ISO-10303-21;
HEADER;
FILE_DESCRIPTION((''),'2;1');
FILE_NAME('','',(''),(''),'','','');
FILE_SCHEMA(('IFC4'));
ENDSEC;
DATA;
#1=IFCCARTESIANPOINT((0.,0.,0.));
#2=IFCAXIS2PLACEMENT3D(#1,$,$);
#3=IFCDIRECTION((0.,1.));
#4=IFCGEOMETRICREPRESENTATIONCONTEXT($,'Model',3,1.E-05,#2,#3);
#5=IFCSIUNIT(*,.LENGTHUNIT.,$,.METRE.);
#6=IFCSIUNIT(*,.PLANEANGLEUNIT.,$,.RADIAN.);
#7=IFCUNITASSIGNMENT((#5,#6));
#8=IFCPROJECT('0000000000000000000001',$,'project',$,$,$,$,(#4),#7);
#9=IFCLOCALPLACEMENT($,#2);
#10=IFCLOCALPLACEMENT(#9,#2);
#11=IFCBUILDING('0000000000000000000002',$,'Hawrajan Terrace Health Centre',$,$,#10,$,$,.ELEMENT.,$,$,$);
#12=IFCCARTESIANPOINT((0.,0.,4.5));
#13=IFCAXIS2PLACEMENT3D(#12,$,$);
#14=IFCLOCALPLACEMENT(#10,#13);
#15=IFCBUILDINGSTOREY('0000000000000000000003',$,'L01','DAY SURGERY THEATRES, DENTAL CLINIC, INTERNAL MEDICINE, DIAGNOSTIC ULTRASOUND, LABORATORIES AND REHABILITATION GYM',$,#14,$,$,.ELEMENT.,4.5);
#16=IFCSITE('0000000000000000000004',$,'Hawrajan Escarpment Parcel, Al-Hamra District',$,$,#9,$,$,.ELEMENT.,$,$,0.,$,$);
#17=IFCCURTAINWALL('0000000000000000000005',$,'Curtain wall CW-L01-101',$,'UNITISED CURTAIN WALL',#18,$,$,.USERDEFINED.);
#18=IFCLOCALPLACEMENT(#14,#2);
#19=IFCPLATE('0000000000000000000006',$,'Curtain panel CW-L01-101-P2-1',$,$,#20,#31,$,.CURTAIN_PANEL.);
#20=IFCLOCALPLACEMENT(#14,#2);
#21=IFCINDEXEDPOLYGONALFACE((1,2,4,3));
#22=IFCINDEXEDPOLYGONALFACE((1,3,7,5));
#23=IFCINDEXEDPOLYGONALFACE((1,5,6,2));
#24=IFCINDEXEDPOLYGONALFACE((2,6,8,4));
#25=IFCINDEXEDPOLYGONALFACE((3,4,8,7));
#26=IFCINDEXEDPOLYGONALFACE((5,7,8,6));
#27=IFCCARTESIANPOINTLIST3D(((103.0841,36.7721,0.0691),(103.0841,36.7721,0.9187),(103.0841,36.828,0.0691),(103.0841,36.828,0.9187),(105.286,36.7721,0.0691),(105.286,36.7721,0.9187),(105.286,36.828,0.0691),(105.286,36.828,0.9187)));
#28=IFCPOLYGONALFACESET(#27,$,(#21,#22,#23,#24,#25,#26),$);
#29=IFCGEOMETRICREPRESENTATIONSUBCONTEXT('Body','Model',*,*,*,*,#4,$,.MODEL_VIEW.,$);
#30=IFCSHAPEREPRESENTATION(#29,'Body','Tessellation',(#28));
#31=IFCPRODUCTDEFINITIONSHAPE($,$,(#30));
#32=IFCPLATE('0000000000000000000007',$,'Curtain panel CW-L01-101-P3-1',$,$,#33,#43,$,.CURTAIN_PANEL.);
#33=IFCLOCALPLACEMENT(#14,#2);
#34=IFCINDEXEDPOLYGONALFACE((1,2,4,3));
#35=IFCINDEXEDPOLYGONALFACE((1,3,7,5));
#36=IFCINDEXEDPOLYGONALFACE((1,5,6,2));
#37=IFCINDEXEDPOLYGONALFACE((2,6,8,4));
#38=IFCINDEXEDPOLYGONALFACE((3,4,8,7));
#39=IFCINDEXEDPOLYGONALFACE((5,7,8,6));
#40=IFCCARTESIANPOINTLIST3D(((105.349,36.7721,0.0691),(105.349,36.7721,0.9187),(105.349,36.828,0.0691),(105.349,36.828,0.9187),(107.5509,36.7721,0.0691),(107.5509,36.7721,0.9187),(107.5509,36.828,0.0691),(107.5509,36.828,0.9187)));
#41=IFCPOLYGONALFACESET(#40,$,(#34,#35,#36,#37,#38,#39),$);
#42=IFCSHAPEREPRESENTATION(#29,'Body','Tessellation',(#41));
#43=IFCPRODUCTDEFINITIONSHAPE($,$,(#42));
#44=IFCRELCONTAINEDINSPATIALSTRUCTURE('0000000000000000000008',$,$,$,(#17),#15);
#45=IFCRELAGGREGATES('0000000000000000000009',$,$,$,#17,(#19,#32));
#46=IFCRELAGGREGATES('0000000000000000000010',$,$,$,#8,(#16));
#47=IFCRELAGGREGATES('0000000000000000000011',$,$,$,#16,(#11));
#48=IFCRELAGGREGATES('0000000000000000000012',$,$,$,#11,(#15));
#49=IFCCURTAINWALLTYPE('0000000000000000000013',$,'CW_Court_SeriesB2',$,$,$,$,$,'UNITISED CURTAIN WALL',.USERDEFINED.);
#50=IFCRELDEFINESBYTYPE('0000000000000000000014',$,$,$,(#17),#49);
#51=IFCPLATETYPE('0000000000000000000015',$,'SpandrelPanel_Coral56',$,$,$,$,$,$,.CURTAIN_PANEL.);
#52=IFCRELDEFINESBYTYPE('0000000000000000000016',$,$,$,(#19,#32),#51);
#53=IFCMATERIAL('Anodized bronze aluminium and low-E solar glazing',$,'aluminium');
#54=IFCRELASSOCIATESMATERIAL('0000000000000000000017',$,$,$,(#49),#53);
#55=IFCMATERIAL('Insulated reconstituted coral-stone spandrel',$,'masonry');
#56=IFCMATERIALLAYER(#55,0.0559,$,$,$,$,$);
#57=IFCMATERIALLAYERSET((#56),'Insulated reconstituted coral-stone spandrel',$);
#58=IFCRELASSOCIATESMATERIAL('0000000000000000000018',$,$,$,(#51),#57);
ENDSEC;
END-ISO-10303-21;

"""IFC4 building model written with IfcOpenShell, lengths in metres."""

from ifc_helpers import new_model, si_unit, direction, frame, origin, origin_2d, place, context, subcontext, project, spatial, rectangle, extrude, material, layer, layer_set, type_object, element, aggregate, save


model = new_model("IFC4")

# Units and contexts
model_context = context("Model", 3, precision=1e-05, world=origin(), true_north=direction((0.0, 1.0)))
body_context = subcontext(model_context, "Body", "Model", "MODEL_VIEW")
ifc_project = project(units=[si_unit("LENGTHUNIT", "METRE"), si_unit("PLANEANGLEUNIT", "RADIAN")], contexts=[model_context])

# Site, building, storey
site_placement = place(None, origin())
site = spatial("IfcSite", under=ifc_project, at=site_placement, Name="Hawrajan Escarpment Parcel, Al-Hamra District", CompositionType="ELEMENT", RefElevation=0.0)
building_placement = place(site_placement, origin())
building = spatial("IfcBuilding", under=site, at=building_placement, Name="Hawrajan Terrace Health Centre", CompositionType="ELEMENT")
storey_placement = place(building_placement, frame((0.0, 0.0, 4.5)))
storey = spatial("IfcBuildingStorey", under=building, at=storey_placement, Name="L01", Description="DAY SURGERY THEATRES, DENTAL CLINIC, INTERNAL MEDICINE, DIAGNOSTIC ULTRASOUND, LABORATORIES AND REHABILITATION GYM", CompositionType="ELEMENT", Elevation=4.5)

# Curtain wall
ifc_material_1 = material(Name="Anodized bronze aluminium and low-E solar glazing", Category="aluminium")
curtain_wall_type_1 = type_object("IfcCurtainWallType", Name="CW_Court_SeriesB2", ElementType="UNITISED CURTAIN WALL", PredefinedType="USERDEFINED", material=ifc_material_1)
curtain_wall_1_placement = place(storey_placement, origin())
curtain_wall_1 = element("IfcCurtainWall", 1, at=curtain_wall_1_placement, inside=storey, type_object=curtain_wall_type_1, Name="Curtain wall CW-L01-101", ObjectType="UNITISED CURTAIN WALL", PredefinedType="USERDEFINED")

# Plates
ifc_material_2 = material(Name="Insulated reconstituted coral-stone spandrel", Category="masonry")
ifc_layer_1 = layer(ifc_material_2, 0.0559)
ifc_layer_set_1 = layer_set([ifc_layer_1], Name="Insulated reconstituted coral-stone spandrel")
plate_type_1 = type_object("IfcPlateType", Name="SpandrelPanel_Coral56", PredefinedType="CURTAIN_PANEL", material=ifc_layer_set_1)
plate_1_placement = place(storey_placement, frame((104.1851, 36.8, 0.0691), z_axis=(0.0, 0.0, 1.0), x_axis=(1.0, 0.0, 0.0)))
plate_1 = element("IfcPlate", 2, at=plate_1_placement, type_object=plate_type_1, Name="Curtain panel CW-L01-101-P2-1", PredefinedType="CURTAIN_PANEL", context=body_context, shape_type="SweptSolid", body=[
    extrude(rectangle(XDim=2.2019, YDim=0.0559, at=origin_2d()), origin(), (0.0, 0.0, 1.0), 0.8496),
])
plate_2_placement = place(storey_placement, frame((106.45, 36.8, 0.0691), z_axis=(0.0, 0.0, 1.0), x_axis=(1.0, 0.0, 0.0)))
plate_2 = element("IfcPlate", 3, at=plate_2_placement, type_object=plate_type_1, Name="Curtain panel CW-L01-101-P3-1", PredefinedType="CURTAIN_PANEL", context=body_context, shape_type="SweptSolid", body=[
    extrude(rectangle(XDim=2.2019, YDim=0.0559, at=origin_2d()), origin(), (0.0, 0.0, 1.0), 0.8496),
])
aggregate(curtain_wall_1, [plate_1, plate_2])

save(model, "model.ifc")
